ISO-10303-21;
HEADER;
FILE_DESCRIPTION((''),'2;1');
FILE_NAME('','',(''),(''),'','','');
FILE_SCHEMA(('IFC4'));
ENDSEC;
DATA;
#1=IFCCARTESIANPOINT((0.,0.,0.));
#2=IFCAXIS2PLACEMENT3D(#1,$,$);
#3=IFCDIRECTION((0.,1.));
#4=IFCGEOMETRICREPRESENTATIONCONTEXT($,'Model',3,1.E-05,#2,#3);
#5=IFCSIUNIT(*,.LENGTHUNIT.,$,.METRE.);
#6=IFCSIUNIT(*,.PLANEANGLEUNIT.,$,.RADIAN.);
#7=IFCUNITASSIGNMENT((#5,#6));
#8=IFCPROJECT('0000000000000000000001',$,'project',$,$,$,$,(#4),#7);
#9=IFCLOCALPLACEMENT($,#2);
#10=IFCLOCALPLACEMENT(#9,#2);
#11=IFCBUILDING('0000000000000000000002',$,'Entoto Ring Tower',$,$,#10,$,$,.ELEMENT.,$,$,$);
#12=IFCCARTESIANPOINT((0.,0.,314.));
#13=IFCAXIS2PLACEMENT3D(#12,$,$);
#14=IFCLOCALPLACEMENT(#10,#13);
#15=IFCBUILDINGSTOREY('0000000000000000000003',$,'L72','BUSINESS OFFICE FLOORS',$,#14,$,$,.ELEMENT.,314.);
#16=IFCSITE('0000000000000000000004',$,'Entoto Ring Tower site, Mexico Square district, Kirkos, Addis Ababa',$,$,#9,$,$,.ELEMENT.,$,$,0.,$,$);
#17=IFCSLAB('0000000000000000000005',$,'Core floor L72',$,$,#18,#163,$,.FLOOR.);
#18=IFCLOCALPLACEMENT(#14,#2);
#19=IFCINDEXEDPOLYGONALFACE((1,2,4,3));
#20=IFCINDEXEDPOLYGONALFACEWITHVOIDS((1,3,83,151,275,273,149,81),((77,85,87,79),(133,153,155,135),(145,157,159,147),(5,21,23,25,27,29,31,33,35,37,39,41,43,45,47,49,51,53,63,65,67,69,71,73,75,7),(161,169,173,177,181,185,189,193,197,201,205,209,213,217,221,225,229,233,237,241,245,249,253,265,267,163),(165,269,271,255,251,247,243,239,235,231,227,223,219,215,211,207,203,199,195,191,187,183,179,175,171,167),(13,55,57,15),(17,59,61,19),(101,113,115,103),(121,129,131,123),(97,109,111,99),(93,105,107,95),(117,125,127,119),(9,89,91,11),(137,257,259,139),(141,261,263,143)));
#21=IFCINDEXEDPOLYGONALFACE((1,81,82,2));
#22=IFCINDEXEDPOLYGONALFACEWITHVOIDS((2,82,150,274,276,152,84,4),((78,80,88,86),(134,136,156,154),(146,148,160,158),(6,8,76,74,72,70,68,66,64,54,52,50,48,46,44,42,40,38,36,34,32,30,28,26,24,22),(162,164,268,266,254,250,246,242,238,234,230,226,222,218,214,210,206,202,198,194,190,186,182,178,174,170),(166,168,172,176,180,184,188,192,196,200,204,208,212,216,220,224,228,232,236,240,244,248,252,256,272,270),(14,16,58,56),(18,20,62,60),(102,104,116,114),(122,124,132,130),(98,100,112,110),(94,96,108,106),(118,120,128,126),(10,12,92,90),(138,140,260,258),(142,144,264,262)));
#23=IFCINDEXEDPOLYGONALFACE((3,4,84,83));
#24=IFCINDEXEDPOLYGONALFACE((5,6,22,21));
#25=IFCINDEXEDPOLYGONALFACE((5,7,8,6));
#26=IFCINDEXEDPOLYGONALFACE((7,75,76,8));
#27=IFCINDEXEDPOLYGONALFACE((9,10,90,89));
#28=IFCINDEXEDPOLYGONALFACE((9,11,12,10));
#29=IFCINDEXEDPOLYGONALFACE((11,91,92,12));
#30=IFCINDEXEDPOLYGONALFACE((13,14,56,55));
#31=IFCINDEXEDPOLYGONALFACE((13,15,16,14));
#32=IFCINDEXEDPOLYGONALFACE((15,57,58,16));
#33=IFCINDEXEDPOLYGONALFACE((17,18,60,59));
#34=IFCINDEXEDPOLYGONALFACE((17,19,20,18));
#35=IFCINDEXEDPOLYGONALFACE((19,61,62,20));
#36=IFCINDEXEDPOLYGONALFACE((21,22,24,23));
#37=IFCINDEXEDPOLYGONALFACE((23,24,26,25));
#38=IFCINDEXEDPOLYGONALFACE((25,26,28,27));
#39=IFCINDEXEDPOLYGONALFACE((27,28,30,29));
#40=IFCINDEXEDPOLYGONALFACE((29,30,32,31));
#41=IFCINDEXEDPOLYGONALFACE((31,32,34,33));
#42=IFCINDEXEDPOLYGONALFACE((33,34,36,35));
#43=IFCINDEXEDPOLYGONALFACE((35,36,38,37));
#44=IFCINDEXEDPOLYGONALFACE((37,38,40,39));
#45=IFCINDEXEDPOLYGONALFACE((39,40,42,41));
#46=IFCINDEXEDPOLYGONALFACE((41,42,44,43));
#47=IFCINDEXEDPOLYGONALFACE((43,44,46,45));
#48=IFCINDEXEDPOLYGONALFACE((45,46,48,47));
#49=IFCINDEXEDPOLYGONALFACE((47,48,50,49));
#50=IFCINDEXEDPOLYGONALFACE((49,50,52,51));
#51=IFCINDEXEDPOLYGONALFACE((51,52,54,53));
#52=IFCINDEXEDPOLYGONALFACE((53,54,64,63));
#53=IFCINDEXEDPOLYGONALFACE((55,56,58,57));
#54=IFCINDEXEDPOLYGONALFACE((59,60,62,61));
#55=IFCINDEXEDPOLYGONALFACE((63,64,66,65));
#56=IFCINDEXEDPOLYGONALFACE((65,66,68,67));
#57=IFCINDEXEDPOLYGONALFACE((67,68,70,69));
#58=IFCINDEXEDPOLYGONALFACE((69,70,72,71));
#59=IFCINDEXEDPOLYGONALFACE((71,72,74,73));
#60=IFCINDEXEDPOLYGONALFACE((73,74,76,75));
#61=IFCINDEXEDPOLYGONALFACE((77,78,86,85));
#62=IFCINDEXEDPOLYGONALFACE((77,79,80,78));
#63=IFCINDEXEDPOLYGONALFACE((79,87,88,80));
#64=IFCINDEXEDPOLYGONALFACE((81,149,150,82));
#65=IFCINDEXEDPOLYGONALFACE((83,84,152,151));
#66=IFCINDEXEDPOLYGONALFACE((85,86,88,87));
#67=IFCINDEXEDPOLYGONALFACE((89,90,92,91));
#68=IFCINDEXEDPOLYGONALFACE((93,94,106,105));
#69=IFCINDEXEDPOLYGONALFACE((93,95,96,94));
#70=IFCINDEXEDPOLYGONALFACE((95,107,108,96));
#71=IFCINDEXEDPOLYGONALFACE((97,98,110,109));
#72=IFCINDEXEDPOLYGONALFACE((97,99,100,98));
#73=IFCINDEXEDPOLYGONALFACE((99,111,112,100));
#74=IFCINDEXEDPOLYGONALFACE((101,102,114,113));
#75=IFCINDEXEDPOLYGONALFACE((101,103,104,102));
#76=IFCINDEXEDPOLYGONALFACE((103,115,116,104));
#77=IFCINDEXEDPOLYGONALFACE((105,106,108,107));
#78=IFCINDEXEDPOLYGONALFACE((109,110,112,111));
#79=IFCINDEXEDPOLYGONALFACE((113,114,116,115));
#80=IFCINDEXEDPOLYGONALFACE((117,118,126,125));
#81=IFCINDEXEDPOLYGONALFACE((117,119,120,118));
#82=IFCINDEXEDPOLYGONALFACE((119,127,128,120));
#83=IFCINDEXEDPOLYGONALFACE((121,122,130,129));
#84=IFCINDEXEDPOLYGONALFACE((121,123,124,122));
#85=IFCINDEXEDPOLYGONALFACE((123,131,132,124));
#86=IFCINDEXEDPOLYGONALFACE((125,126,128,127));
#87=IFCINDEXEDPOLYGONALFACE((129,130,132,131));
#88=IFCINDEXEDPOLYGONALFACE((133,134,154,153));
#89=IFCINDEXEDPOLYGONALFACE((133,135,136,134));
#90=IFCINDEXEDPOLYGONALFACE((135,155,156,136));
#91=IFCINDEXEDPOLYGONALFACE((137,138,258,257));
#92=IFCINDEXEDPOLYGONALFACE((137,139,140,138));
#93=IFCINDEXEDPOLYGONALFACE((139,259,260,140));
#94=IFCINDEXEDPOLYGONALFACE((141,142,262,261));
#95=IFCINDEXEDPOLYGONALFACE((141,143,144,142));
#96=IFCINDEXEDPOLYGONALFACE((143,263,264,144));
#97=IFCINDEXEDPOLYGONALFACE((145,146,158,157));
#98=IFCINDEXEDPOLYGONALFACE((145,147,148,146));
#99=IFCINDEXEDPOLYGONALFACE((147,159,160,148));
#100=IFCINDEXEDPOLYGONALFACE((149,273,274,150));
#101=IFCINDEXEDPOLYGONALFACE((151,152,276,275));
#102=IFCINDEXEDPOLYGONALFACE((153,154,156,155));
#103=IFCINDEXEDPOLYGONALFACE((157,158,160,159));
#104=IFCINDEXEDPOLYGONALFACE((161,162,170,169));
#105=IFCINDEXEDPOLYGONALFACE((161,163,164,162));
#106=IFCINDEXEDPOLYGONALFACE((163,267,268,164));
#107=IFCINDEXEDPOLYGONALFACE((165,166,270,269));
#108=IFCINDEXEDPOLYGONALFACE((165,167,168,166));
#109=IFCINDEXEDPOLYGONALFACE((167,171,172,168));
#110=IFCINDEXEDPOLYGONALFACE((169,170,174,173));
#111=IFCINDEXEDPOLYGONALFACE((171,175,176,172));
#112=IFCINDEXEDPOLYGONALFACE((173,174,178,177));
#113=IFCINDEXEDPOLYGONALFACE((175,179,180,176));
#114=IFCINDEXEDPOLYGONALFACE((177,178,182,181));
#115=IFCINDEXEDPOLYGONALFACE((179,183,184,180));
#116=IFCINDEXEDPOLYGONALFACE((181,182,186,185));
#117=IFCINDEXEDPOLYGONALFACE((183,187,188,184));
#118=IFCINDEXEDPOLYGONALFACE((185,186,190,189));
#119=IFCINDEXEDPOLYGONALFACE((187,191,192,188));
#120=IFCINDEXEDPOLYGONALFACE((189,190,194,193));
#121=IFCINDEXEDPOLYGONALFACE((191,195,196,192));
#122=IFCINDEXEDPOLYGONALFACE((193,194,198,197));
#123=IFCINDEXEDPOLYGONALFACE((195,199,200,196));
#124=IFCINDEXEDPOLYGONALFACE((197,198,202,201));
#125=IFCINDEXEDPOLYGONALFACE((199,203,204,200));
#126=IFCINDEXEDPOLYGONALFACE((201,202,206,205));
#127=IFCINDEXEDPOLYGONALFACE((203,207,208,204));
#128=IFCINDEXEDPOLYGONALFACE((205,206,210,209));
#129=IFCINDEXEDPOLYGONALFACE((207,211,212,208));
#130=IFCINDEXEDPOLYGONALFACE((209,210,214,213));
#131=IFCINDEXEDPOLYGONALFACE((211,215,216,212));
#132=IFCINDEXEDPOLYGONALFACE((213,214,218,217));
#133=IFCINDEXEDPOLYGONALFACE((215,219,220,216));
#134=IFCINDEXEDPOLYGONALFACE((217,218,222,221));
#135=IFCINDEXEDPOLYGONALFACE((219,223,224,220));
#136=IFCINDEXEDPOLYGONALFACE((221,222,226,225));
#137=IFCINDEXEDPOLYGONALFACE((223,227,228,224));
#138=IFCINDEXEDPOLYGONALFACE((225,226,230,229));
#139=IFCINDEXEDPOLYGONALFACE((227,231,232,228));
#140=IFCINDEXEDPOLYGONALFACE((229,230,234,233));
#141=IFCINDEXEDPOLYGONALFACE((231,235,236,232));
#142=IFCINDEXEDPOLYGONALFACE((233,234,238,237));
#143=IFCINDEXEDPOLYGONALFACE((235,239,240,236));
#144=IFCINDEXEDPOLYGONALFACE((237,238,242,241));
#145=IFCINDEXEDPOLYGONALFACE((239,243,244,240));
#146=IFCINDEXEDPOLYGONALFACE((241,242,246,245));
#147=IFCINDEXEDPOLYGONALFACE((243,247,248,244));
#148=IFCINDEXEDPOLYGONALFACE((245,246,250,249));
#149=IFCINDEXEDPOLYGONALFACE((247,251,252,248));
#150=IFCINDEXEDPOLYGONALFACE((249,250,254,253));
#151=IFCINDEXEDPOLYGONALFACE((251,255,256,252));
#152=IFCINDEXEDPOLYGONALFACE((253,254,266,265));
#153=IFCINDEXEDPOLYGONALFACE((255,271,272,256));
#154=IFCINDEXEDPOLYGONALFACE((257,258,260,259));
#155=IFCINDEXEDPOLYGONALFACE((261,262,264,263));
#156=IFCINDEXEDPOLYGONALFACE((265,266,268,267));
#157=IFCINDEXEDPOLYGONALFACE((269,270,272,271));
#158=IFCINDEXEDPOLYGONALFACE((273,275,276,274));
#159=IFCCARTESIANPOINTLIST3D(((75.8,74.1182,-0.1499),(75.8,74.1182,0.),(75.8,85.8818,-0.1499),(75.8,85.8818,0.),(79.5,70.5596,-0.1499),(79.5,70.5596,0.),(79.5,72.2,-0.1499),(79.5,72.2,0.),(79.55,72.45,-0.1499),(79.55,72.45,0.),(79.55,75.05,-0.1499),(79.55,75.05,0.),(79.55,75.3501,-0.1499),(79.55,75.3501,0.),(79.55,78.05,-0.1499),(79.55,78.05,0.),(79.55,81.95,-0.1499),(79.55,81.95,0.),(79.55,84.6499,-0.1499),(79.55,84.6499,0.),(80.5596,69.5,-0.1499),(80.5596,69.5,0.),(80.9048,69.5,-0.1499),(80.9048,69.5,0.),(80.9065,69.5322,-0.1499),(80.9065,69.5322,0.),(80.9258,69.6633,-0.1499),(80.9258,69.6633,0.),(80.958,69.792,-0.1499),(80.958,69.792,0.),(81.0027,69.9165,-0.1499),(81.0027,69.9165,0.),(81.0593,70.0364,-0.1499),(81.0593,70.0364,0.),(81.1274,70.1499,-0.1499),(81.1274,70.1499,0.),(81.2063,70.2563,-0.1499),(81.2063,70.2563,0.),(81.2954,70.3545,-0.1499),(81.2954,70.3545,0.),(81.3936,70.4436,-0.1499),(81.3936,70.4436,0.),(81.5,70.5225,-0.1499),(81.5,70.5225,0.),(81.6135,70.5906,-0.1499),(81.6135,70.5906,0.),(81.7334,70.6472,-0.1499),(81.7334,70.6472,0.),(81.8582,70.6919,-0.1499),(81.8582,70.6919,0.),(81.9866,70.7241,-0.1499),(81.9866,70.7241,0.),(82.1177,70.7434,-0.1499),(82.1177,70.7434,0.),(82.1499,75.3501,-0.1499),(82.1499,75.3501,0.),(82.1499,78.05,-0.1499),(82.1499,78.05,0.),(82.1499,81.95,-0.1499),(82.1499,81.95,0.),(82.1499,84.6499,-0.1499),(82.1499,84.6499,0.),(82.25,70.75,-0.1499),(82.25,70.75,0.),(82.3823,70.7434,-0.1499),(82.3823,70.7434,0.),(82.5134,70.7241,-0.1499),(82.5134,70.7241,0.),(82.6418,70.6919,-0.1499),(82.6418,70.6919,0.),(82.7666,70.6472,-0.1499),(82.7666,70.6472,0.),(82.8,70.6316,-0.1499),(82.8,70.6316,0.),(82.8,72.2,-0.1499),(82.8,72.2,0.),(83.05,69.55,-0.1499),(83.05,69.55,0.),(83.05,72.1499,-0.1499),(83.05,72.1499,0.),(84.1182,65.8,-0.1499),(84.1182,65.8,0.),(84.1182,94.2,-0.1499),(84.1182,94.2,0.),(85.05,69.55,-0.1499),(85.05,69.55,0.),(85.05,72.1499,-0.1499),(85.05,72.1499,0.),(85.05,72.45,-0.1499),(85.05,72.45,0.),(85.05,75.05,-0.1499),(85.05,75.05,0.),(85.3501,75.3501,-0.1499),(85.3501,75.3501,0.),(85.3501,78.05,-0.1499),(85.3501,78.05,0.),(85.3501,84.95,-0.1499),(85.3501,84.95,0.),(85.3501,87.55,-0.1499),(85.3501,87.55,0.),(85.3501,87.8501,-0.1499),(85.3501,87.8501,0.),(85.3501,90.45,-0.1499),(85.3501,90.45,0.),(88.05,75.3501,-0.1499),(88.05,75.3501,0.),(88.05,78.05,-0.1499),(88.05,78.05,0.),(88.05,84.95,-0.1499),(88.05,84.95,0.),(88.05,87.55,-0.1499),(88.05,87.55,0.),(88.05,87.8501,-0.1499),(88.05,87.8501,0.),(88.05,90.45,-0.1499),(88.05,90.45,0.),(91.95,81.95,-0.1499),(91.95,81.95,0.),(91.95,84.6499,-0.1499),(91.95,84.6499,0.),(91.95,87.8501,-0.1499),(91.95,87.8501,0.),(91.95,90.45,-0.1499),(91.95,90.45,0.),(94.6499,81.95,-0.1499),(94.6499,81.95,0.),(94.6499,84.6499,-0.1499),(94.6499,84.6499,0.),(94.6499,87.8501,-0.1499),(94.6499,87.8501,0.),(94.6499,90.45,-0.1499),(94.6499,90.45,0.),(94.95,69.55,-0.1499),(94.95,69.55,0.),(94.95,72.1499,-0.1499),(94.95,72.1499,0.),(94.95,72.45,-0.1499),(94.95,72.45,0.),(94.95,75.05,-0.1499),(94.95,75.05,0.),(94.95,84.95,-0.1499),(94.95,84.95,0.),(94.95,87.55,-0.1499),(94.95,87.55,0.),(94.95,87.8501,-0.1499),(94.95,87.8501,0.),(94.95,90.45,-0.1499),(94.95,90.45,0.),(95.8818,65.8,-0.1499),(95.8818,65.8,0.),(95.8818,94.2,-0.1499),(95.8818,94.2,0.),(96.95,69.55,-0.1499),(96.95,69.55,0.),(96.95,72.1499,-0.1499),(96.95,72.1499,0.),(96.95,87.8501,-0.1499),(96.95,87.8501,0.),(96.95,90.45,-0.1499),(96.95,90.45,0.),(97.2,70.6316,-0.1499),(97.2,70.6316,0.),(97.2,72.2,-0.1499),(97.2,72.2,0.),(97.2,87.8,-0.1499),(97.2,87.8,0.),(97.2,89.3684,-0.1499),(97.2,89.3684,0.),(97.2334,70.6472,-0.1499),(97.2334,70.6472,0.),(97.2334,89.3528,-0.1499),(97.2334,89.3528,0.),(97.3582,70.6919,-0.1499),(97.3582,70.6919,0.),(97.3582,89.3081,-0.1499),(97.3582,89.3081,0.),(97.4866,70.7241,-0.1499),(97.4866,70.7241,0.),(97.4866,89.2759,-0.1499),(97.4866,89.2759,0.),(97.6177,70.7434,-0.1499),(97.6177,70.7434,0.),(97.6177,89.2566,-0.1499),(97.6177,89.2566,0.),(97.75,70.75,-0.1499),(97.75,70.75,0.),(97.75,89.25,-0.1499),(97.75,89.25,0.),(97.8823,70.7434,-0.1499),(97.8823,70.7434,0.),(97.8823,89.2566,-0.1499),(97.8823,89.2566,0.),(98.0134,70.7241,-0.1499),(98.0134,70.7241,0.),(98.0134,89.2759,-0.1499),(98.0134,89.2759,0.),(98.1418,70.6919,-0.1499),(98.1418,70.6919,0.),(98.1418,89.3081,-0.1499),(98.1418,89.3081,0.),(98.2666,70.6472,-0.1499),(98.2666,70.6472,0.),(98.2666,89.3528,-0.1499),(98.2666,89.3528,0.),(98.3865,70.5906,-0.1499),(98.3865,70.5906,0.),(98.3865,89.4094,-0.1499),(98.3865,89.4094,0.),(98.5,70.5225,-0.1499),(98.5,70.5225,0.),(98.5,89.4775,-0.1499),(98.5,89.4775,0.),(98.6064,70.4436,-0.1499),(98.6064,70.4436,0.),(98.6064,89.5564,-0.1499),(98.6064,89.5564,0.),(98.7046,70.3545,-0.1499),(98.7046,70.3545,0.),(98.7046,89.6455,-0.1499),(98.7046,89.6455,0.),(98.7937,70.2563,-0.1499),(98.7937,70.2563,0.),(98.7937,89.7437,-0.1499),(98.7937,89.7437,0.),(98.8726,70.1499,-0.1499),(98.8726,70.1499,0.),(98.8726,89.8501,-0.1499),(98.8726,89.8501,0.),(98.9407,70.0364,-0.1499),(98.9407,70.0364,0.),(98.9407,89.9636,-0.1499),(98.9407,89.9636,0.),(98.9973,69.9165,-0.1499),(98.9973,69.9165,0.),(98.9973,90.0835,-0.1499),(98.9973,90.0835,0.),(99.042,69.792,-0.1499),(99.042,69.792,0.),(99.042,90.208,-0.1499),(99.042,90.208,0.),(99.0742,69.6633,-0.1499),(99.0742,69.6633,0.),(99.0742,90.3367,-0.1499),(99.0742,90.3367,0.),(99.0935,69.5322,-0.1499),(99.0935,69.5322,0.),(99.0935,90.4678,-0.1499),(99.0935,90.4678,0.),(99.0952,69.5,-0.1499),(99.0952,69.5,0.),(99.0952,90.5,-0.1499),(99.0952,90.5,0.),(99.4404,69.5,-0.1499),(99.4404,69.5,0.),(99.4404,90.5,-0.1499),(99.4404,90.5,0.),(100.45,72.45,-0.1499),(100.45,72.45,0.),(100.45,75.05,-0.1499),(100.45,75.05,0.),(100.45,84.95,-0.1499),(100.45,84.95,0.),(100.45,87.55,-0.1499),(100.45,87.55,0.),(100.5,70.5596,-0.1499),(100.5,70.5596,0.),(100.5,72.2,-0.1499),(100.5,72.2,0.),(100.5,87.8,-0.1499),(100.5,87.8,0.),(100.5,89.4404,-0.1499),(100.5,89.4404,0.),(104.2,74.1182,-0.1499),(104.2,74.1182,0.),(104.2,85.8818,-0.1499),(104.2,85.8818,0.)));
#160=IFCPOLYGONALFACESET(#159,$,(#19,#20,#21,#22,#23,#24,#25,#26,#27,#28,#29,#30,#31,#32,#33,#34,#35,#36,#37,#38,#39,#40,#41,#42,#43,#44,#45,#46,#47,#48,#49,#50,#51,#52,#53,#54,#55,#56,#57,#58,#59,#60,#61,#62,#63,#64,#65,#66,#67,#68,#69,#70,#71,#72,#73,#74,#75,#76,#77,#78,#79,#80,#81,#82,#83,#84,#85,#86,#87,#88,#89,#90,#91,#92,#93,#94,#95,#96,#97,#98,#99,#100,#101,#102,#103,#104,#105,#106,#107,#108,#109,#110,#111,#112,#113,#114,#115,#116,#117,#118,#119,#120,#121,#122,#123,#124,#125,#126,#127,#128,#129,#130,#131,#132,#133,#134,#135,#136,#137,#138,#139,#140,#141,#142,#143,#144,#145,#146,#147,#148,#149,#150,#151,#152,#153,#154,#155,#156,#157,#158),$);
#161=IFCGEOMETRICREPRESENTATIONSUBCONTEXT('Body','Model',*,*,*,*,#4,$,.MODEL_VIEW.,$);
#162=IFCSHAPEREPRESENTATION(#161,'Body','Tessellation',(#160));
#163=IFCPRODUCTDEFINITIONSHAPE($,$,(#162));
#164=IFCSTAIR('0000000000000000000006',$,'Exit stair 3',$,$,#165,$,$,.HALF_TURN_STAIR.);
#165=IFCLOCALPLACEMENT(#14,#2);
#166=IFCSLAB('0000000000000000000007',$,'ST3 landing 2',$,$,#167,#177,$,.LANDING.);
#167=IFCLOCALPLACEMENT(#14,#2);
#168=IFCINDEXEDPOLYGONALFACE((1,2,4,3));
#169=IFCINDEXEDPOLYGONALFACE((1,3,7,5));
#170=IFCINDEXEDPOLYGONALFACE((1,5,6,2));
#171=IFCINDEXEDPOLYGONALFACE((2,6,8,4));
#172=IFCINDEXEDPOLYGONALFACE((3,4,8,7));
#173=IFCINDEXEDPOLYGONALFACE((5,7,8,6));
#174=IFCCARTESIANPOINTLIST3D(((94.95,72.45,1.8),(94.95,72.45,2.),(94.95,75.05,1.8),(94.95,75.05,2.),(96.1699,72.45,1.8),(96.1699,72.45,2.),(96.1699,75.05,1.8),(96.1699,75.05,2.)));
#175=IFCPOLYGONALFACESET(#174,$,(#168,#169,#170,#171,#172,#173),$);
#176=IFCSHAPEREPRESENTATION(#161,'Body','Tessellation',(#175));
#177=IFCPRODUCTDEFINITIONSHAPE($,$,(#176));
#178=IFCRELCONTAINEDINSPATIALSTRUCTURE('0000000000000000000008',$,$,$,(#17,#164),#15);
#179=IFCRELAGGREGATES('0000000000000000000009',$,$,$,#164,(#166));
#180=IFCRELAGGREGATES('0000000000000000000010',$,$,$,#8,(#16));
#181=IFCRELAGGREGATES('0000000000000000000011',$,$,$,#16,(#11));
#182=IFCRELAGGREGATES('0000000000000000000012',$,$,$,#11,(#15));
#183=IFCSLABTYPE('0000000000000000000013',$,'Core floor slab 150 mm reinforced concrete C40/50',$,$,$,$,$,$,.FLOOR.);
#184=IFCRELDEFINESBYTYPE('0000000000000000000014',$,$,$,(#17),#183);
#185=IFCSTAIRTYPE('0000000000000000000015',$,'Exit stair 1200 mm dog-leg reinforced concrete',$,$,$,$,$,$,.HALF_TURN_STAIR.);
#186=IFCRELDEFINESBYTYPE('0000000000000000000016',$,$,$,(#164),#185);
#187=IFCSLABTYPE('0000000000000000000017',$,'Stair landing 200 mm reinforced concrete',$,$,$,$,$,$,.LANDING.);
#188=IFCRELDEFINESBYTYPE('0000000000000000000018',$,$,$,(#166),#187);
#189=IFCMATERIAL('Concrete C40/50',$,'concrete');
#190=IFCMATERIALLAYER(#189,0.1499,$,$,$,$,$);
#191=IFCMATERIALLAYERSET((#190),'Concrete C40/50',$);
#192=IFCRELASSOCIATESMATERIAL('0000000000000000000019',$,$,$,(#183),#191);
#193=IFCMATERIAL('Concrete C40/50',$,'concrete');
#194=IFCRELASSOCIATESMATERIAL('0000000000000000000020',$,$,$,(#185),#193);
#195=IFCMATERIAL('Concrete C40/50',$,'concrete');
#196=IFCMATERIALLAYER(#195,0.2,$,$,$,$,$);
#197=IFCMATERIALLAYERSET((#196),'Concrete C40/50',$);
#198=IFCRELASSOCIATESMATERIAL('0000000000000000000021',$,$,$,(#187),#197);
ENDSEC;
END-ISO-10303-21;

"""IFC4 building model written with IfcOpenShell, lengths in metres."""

from ifc_helpers import new_model, si_unit, direction, frame, origin, place, context, subcontext, project, spatial, polyline, outline, extrude, material, layer, layer_set, type_object, element, aggregate, save


model = new_model("IFC4")

# Units and contexts
model_context = context("Model", 3, precision=1e-05, world=origin(), true_north=direction((0.0, 1.0)))
body_context = subcontext(model_context, "Body", "Model", "MODEL_VIEW")
ifc_project = project(units=[si_unit("LENGTHUNIT", "METRE"), si_unit("PLANEANGLEUNIT", "RADIAN")], contexts=[model_context])

# Site, building, storey
site_placement = place(None, origin())
site = spatial("IfcSite", under=ifc_project, at=site_placement, Name="Entoto Ring Tower site, Mexico Square district, Kirkos, Addis Ababa", CompositionType="ELEMENT", RefElevation=0.0)
building_placement = place(site_placement, origin())
building = spatial("IfcBuilding", under=site, at=building_placement, Name="Entoto Ring Tower", CompositionType="ELEMENT")
storey_placement = place(building_placement, frame((0.0, 0.0, 314.0)))
storey = spatial("IfcBuildingStorey", under=building, at=storey_placement, Name="L72", Description="BUSINESS OFFICE FLOORS", CompositionType="ELEMENT", Elevation=314.0)

# Slab
ifc_material_1 = material(Name="Concrete C40/50", Category="concrete")
ifc_layer_1 = layer(ifc_material_1, 0.1499)
ifc_layer_set_1 = layer_set([ifc_layer_1], Name="Concrete C40/50")
slab_type_1 = type_object("IfcSlabType", Name="Core floor slab 150 mm reinforced concrete C40/50", PredefinedType="FLOOR", material=ifc_layer_set_1)
slab_1_placement = place(storey_placement, frame((0.0, 0.0, -0.1499)))
element("IfcSlab", 1, at=slab_1_placement, inside=storey, type_object=slab_type_1, Name="Core floor L72", PredefinedType="FLOOR", context=body_context, shape_type="SweptSolid", body=[
    extrude(outline(polyline([(104.2, 74.1182), (104.2, 85.8818), (95.8818, 94.2), (84.1182, 94.2), (75.8, 85.8818), (75.8, 74.1182), (84.1182, 65.8), (95.8818, 65.8), (104.2, 74.1182)]), holes=[polyline([(100.45, 84.95), (100.45, 87.55), (94.95, 87.55), (94.95, 84.95), (100.45, 84.95)]), polyline([(85.05, 72.45), (85.05, 75.05), (79.55, 75.05), (79.55, 72.45), (85.05, 72.45)]), polyline([(100.45, 72.45), (100.45, 75.05), (94.95, 75.05), (94.95, 72.45), (100.45, 72.45)]), polyline([(94.95, 90.45), (94.95, 87.8501), (96.95, 87.8501), (96.95, 90.45), (94.95, 90.45)]), polyline([(94.95, 72.1499), (94.95, 69.55), (96.95, 69.55), (96.95, 72.1499), (94.95, 72.1499)]), polyline([(83.05, 72.1499), (83.05, 69.55), (85.05, 69.55), (85.05, 72.1499), (83.05, 72.1499)]), polyline([(79.55, 81.95), (82.1499, 81.95), (82.1499, 84.6499), (79.55, 84.6499), (79.55, 81.95)]), polyline([(79.55, 75.3501), (82.1499, 75.3501), (82.1499, 78.05), (79.55, 78.05), (79.55, 75.3501)]), polyline([(91.95, 87.8501), (94.6499, 87.8501), (94.6499, 90.45), (91.95, 90.45), (91.95, 87.8501)]), polyline([(91.95, 81.95), (94.6499, 81.95), (94.6499, 84.6499), (91.95, 84.6499), (91.95, 81.95)]), polyline([(85.3501, 75.3501), (88.05, 75.3501), (88.05, 78.05), (85.3501, 78.05), (85.3501, 75.3501)]), polyline([(85.3501, 84.95), (88.05, 84.95), (88.05, 87.55), (85.3501, 87.55), (85.3501, 84.95)]), polyline([(85.3501, 87.8501), (88.05, 87.8501), (88.05, 90.45), (85.3501, 90.45), (85.3501, 87.8501)]), polyline([(97.2, 89.3684), (97.2, 87.8), (100.5, 87.8), (100.5, 89.4404), (99.4404, 90.5), (99.0952, 90.5), (99.0935, 90.4678), (99.0742, 90.3367), (99.042, 90.208), (98.9973, 90.0835), (98.9407, 89.9636), (98.8726, 89.8501), (98.7937, 89.7437), (98.7046, 89.6455), (98.6064, 89.5564), (98.5, 89.4775), (98.3865, 89.4094), (98.2666, 89.3528), (98.1418, 89.3081), (98.0134, 89.2759), (97.8823, 89.2566), (97.75, 89.25), (97.6177, 89.2566), (97.4866, 89.2759), (97.3582, 89.3081), (97.2334, 89.3528), (97.2, 89.3684)]), polyline([(80.5596, 69.5), (80.9048, 69.5), (80.9065, 69.5322), (80.9258, 69.6633), (80.958, 69.792), (81.0027, 69.9165), (81.0593, 70.0364), (81.1274, 70.1499), (81.2063, 70.2563), (81.2954, 70.3545), (81.3936, 70.4436), (81.5, 70.5225), (81.6135, 70.5906), (81.7334, 70.6472), (81.8582, 70.6919), (81.9866, 70.7241), (82.1177, 70.7434), (82.25, 70.75), (82.3823, 70.7434), (82.5134, 70.7241), (82.6418, 70.6919), (82.7666, 70.6472), (82.8, 70.6316), (82.8, 72.2), (79.5, 72.2), (79.5, 70.5596), (80.5596, 69.5)]), polyline([(99.0952, 69.5), (99.4404, 69.5), (100.5, 70.5596), (100.5, 72.2), (97.2, 72.2), (97.2, 70.6316), (97.2334, 70.6472), (97.3582, 70.6919), (97.4866, 70.7241), (97.6177, 70.7434), (97.75, 70.75), (97.8823, 70.7434), (98.0134, 70.7241), (98.1418, 70.6919), (98.2666, 70.6472), (98.3865, 70.5906), (98.5, 70.5225), (98.6064, 70.4436), (98.7046, 70.3545), (98.7937, 70.2563), (98.8726, 70.1499), (98.9407, 70.0364), (98.9973, 69.9165), (99.042, 69.792), (99.0742, 69.6633), (99.0935, 69.5322), (99.0952, 69.5)])]), origin(), (0.0, 0.0, 1.0), 0.1499),
])

# Stair, slab
ifc_material_2 = material(Name="Concrete C40/50", Category="concrete")
stair_type = type_object("IfcStairType", Name="Exit stair 1200 mm dog-leg reinforced concrete", PredefinedType="HALF_TURN_STAIR", material=ifc_material_2)
stair_1_placement = place(storey_placement, origin())
stair_1 = element("IfcStair", 2, at=stair_1_placement, inside=storey, type_object=stair_type, Name="Exit stair 3", PredefinedType="HALF_TURN_STAIR")
ifc_material_3 = material(Name="Concrete C40/50", Category="concrete")
ifc_layer_2 = layer(ifc_material_3, 0.2)
ifc_layer_set_2 = layer_set([ifc_layer_2], Name="Concrete C40/50")
slab_type_2 = type_object("IfcSlabType", Name="Stair landing 200 mm reinforced concrete", PredefinedType="LANDING", material=ifc_layer_set_2)
slab_2_placement = place(storey_placement, frame((0.0, 0.0, 1.8)))
slab_2 = element("IfcSlab", 3, at=slab_2_placement, type_object=slab_type_2, Name="ST3 landing 2", PredefinedType="LANDING", context=body_context, shape_type="SweptSolid", body=[
    extrude(outline(polyline([(94.95, 72.45), (96.1699, 72.45), (96.1699, 75.05), (94.95, 75.05), (94.95, 72.45)])), origin(), (0.0, 0.0, 1.0), 0.2),
])
aggregate(stair_1, [slab_2])

save(model, "model.ifc")
